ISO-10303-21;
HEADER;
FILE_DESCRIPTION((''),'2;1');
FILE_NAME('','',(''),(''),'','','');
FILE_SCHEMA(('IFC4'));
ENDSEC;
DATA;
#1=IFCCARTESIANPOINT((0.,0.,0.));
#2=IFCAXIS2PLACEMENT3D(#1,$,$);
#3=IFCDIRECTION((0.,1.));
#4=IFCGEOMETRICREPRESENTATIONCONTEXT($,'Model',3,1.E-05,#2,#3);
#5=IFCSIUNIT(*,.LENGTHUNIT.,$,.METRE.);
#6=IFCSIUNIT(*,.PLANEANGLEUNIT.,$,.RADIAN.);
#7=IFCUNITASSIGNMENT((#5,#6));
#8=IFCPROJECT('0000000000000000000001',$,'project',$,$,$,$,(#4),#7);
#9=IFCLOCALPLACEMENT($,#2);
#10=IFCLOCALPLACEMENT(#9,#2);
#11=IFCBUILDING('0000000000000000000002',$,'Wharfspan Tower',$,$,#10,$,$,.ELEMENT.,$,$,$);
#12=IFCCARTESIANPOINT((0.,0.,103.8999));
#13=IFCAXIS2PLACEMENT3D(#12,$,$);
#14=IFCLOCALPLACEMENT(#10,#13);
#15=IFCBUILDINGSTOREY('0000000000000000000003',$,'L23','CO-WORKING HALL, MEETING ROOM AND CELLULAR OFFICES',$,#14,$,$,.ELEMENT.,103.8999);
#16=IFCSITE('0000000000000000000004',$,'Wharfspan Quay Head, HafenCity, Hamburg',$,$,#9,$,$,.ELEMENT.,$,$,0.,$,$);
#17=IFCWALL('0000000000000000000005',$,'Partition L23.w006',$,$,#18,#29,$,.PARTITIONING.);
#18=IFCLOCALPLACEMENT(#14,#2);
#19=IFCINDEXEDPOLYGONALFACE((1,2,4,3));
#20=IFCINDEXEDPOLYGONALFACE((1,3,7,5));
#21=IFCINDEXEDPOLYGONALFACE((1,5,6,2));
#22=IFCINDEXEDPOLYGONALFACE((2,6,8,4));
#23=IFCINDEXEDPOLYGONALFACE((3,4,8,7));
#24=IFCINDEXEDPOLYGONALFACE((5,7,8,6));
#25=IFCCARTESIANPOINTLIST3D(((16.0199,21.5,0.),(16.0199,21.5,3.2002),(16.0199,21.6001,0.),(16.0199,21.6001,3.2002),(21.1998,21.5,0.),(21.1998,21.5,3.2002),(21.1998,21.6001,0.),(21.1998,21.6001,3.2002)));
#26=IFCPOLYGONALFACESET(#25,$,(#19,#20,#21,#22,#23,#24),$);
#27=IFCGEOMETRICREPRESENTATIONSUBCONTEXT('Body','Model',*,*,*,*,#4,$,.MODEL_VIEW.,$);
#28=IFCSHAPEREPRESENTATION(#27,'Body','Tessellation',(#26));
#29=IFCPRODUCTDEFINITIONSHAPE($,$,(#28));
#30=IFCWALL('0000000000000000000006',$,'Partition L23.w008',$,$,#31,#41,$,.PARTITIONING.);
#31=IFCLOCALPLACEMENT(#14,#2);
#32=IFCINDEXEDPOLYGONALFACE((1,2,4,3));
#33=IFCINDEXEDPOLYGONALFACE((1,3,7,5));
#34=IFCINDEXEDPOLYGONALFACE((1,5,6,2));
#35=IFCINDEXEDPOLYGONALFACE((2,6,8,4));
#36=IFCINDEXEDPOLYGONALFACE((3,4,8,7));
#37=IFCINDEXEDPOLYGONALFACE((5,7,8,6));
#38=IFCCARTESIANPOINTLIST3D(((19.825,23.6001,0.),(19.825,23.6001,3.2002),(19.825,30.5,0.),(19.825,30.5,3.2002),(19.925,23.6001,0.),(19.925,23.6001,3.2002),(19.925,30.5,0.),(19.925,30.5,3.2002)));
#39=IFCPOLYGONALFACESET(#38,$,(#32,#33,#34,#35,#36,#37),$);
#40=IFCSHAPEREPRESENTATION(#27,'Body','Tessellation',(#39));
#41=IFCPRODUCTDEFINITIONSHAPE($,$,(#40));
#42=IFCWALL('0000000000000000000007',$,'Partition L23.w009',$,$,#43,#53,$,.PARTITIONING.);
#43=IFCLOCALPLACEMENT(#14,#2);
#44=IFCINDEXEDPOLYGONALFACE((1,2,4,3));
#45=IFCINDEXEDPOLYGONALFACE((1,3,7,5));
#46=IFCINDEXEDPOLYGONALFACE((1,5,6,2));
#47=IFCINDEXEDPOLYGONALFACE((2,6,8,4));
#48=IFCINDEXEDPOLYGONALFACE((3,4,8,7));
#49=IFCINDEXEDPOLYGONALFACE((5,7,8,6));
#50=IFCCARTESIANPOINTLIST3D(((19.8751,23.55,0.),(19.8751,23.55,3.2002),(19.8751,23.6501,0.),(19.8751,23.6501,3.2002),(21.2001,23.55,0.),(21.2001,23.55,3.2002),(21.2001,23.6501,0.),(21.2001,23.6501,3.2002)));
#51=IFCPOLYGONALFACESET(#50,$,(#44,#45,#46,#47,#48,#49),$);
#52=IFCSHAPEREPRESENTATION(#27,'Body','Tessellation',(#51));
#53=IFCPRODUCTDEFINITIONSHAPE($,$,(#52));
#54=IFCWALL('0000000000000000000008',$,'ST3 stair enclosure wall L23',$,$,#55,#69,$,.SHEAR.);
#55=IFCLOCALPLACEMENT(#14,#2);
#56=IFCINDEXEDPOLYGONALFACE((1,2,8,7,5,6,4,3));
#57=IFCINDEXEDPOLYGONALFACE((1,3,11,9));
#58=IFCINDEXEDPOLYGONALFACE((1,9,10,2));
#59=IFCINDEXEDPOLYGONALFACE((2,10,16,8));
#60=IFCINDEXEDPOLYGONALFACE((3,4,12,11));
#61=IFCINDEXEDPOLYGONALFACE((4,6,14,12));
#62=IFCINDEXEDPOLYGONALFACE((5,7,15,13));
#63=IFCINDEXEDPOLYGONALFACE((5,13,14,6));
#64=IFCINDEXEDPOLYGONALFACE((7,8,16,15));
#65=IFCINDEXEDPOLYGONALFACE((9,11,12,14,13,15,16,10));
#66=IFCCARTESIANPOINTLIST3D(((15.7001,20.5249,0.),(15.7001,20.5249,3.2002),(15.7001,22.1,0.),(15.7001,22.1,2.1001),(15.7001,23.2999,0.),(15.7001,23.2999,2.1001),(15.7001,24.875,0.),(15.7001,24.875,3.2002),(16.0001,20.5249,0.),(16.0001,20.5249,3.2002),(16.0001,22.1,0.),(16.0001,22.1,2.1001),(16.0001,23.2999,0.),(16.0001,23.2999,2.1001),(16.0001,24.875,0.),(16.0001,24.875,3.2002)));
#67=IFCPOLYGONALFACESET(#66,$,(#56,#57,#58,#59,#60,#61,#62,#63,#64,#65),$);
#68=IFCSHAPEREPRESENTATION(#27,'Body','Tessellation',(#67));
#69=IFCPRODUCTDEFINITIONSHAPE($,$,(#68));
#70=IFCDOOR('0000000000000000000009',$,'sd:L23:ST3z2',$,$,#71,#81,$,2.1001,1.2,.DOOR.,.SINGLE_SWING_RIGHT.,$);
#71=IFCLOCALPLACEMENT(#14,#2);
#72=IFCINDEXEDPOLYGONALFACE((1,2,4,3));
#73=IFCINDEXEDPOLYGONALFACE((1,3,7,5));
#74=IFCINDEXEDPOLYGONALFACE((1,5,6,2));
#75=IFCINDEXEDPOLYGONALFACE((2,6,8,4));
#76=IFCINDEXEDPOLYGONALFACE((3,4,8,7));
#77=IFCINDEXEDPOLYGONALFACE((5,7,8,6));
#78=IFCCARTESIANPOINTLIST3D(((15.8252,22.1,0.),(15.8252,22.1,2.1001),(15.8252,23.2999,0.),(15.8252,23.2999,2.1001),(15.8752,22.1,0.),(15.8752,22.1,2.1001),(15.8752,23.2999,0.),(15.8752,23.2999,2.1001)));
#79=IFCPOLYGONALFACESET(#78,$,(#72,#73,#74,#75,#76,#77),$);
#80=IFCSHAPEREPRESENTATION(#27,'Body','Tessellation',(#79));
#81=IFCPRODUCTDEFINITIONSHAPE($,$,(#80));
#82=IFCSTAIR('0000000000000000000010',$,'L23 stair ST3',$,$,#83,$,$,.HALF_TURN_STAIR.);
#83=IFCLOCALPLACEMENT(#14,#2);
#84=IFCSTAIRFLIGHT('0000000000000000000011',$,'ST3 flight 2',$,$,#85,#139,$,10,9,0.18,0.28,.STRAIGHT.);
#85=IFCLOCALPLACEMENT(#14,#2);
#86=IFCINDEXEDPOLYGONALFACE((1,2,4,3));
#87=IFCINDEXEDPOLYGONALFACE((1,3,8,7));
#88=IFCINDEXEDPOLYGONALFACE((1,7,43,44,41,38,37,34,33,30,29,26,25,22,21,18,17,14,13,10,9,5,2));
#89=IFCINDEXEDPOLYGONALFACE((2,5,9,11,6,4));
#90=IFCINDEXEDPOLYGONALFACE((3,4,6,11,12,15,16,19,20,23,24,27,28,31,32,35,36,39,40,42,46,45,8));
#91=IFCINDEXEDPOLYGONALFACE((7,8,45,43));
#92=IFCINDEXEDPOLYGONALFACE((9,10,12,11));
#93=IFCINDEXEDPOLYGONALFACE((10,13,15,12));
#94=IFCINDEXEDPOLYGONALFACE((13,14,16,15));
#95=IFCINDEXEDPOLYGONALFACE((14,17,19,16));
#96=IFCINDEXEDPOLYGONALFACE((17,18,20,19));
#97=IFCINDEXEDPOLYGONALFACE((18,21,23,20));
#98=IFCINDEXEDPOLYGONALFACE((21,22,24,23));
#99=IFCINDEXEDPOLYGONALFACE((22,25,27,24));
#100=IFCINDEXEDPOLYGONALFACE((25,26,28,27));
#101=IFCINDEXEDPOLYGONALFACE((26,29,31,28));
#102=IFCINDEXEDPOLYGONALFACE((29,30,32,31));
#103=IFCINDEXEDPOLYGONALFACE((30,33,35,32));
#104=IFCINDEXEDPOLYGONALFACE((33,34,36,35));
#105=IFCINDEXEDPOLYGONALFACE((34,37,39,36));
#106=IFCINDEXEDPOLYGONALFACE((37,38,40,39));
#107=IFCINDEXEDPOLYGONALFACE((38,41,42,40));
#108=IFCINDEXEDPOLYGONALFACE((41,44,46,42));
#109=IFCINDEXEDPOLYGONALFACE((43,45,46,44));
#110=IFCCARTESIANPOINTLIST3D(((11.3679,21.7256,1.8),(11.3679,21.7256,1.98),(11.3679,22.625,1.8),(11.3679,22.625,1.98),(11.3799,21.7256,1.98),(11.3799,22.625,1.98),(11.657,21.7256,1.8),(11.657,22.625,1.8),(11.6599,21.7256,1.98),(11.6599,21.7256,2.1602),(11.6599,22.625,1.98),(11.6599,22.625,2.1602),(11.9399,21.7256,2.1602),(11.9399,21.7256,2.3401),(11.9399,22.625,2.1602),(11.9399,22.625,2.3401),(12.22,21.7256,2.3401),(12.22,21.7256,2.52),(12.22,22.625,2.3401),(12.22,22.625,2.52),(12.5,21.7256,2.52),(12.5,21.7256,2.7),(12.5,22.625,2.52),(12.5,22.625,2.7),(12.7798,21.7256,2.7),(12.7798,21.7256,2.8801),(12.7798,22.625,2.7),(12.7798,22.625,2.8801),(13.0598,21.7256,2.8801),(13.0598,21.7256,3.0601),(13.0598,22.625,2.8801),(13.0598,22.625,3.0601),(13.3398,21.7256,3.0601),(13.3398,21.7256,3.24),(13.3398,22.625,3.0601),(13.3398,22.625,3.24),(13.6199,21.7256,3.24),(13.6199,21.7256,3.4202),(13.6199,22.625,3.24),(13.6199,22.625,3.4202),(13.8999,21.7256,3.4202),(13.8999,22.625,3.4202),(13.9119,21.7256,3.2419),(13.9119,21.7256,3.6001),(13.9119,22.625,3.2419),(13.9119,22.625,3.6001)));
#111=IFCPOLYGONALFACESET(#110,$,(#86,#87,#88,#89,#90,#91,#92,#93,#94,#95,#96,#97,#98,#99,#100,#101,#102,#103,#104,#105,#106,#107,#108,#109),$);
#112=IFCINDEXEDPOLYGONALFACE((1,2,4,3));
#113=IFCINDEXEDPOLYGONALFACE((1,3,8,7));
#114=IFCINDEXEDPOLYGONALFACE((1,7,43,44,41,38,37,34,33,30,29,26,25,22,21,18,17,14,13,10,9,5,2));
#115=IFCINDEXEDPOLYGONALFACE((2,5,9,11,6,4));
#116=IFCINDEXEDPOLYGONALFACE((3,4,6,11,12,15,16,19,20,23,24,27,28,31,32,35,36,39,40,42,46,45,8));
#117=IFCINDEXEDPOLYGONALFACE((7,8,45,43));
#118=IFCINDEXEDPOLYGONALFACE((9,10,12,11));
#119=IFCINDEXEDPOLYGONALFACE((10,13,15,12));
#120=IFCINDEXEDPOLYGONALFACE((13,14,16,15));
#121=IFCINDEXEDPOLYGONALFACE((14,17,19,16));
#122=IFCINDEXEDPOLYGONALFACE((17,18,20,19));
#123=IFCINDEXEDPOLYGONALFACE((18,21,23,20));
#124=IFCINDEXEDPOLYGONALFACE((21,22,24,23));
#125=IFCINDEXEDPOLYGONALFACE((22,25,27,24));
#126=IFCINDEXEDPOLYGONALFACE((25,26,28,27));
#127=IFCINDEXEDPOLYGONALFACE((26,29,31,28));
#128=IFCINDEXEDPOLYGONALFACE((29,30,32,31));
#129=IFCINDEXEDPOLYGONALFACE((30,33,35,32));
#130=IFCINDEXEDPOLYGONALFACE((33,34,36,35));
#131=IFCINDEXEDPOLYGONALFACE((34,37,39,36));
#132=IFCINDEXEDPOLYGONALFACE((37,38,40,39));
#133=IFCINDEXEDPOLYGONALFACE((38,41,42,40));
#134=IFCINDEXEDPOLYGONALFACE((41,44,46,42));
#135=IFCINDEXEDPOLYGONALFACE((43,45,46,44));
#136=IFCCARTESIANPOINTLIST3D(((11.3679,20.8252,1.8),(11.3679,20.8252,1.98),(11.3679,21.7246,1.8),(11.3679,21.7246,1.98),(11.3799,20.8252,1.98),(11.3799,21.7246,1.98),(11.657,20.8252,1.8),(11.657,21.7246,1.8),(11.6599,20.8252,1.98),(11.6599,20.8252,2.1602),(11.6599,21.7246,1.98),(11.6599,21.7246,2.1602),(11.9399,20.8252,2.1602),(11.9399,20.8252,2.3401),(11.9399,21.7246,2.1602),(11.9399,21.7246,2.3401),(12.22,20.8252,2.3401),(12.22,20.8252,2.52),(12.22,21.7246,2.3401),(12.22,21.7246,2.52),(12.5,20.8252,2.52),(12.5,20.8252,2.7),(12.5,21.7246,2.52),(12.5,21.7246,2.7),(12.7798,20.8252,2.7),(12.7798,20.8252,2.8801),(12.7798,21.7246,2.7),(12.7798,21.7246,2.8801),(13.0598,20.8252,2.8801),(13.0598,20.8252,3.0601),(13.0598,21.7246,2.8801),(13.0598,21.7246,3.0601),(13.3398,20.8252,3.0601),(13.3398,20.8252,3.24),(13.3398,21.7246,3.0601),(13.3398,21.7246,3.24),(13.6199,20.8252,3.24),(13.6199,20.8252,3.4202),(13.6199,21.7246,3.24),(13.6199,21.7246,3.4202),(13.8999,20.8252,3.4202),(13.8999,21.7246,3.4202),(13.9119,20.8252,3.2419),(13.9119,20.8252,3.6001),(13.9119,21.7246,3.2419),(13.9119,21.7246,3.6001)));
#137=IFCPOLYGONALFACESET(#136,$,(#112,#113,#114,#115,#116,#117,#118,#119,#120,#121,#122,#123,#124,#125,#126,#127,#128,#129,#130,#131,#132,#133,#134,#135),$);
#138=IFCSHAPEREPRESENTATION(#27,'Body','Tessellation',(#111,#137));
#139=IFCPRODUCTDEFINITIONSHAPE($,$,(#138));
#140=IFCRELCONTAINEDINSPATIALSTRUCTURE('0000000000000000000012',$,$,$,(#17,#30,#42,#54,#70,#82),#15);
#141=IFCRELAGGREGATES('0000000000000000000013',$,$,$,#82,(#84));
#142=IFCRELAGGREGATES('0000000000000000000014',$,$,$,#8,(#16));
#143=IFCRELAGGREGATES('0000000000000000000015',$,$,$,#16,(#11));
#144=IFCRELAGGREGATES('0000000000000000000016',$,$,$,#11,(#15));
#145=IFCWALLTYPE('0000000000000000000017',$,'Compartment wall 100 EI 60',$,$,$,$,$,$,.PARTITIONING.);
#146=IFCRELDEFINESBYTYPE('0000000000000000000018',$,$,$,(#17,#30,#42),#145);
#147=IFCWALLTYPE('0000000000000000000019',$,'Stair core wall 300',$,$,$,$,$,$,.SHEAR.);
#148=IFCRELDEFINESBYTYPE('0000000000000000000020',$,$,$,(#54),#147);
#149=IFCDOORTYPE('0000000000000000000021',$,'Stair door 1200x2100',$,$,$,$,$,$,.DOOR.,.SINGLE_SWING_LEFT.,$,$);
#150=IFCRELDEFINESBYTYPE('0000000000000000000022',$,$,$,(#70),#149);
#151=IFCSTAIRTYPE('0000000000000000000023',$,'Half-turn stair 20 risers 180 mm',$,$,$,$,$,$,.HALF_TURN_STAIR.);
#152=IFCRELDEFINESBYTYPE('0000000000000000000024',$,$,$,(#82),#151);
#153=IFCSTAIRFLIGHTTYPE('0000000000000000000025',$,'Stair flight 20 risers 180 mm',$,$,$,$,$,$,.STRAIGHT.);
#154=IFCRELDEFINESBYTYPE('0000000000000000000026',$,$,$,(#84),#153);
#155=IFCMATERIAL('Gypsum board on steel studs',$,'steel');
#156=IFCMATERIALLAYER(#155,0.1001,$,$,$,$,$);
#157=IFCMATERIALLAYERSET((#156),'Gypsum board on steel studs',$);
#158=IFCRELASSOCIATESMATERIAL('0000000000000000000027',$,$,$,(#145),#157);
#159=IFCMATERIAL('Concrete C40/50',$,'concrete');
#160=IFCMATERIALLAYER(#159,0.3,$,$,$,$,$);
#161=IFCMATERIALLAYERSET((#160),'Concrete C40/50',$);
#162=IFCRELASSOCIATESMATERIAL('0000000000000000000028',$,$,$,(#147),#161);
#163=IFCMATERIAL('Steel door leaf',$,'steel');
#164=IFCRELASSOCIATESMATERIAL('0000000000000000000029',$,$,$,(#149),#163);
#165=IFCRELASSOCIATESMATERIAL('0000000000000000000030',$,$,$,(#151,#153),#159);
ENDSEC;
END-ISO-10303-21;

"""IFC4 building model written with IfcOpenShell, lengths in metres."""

from ifc_helpers import new_model, si_unit, direction, frame, frame_2d, origin, place, context, subcontext, project, spatial, polyline, rectangle, outline, extrude, material, layer, layer_set, type_object, element, fill, aggregate, save


model = new_model("IFC4")

# Units and contexts
model_context = context("Model", 3, precision=1e-05, world=origin(), true_north=direction((0.0, 1.0)))
body_context = subcontext(model_context, "Body", "Model", "MODEL_VIEW")
ifc_project = project(units=[si_unit("LENGTHUNIT", "METRE"), si_unit("PLANEANGLEUNIT", "RADIAN")], contexts=[model_context])

# Site, building, storey
site_placement = place(None, origin())
site = spatial("IfcSite", under=ifc_project, at=site_placement, Name="Wharfspan Quay Head, HafenCity, Hamburg", CompositionType="ELEMENT", RefElevation=0.0)
building_placement = place(site_placement, origin())
building = spatial("IfcBuilding", under=site, at=building_placement, Name="Wharfspan Tower", CompositionType="ELEMENT")
storey_placement = place(building_placement, frame((0.0, 0.0, 103.8999)))
storey = spatial("IfcBuildingStorey", under=building, at=storey_placement, Name="L23", Description="CO-WORKING HALL, MEETING ROOM AND CELLULAR OFFICES", CompositionType="ELEMENT", Elevation=103.8999)

# Walls
ifc_material_1 = material(Name="Gypsum board on steel studs", Category="steel")
ifc_layer_1 = layer(ifc_material_1, 0.1001)
ifc_layer_set_1 = layer_set([ifc_layer_1], Name="Gypsum board on steel studs")
wall_type_1 = type_object("IfcWallType", Name="Compartment wall 100 EI 60", PredefinedType="PARTITIONING", material=ifc_layer_set_1)
wall_1_placement = place(storey_placement, frame((16.02, 21.55, 0.0), z_axis=(0.0, 0.0, 1.0), x_axis=(1.0, 0.0, 0.0)))
element("IfcWall", 1, at=wall_1_placement, inside=storey, type_object=wall_type_1, Name="Partition L23.w006", PredefinedType="PARTITIONING", context=body_context, shape_type="SweptSolid", body=[
    extrude(rectangle(XDim=5.1799, YDim=0.1001, at=frame_2d((2.5898, 0.0))), origin(), (0.0, 0.0, 1.0), 3.2002),
])
wall_2_placement = place(storey_placement, frame((19.875, 23.6001, 0.0), z_axis=(0.0, 0.0, 1.0), x_axis=(0.0, 1.0, 0.0)))
element("IfcWall", 2, at=wall_2_placement, inside=storey, type_object=wall_type_1, Name="Partition L23.w008", PredefinedType="PARTITIONING", context=body_context, shape_type="SweptSolid", body=[
    extrude(rectangle(XDim=6.8999, YDim=0.1001, at=frame_2d((3.45, 0.0))), origin(), (0.0, 0.0, 1.0), 3.2002),
])
wall_3_placement = place(storey_placement, frame((19.875, 23.6001, 0.0), z_axis=(0.0, 0.0, 1.0), x_axis=(1.0, 0.0, 0.0)))
element("IfcWall", 3, at=wall_3_placement, inside=storey, type_object=wall_type_1, Name="Partition L23.w009", PredefinedType="PARTITIONING", context=body_context, shape_type="SweptSolid", body=[
    extrude(rectangle(XDim=1.325, YDim=0.1001, at=frame_2d((0.6626, 0.0))), origin(), (0.0, 0.0, 1.0), 3.2002),
])

# Wall, opening, door
ifc_material_2 = material(Name="Concrete C40/50", Category="concrete")
ifc_layer_2 = layer(ifc_material_2, 0.3)
ifc_layer_set_2 = layer_set([ifc_layer_2], Name="Concrete C40/50")
wall_type_2 = type_object("IfcWallType", Name="Stair core wall 300", PredefinedType="SHEAR", material=ifc_layer_set_2)
wall_4_placement = place(storey_placement, frame((15.8501, 20.5249, 0.0), z_axis=(0.0, 0.0, 1.0), x_axis=(0.0, 1.0, 0.0)))
wall_4 = element("IfcWall", 4, at=wall_4_placement, inside=storey, type_object=wall_type_2, Name="ST3 stair enclosure wall L23", PredefinedType="SHEAR", context=body_context, shape_type="SweptSolid", body=[
    extrude(rectangle(XDim=4.3501, YDim=0.3, at=frame_2d((2.175, 0.0))), origin(), (0.0, 0.0, 1.0), 3.2002),
])
opening_placement = place(wall_4_placement, frame((1.575, 0.0, 0.0)))
opening = element("IfcOpeningElement", 5, at=opening_placement, cuts=wall_4, PredefinedType="OPENING", context=body_context, shape_type="SweptSolid", body=[
    extrude(rectangle(XDim=1.2, YDim=2.1001, at=frame_2d((0.6001, 1.05))), frame((0.0, 0.1599, 0.0), z_axis=(0.0, -1.0, 0.0), x_axis=(1.0, 0.0, 0.0)), (0.0, 0.0, 1.0), 0.3201),
])
ifc_material_3 = material(Name="Steel door leaf", Category="steel")
door_type = type_object("IfcDoorType", Name="Stair door 1200x2100", OperationType="SINGLE_SWING_LEFT", PredefinedType="DOOR", material=ifc_material_3)
door_placement = place(opening_placement, origin())
door = element("IfcDoor", 6, at=door_placement, inside=storey, type_object=door_type, Name="sd:L23:ST3z2", OperationType="SINGLE_SWING_RIGHT", OverallHeight=2.1001, OverallWidth=1.2, PredefinedType="DOOR", context=body_context, shape_type="SweptSolid", body=[
    extrude(rectangle(XDim=1.2, YDim=2.1001, at=frame_2d((0.6001, 1.05))), frame((0.0, 0.0249, 0.0), z_axis=(0.0, -1.0, 0.0), x_axis=(1.0, 0.0, 0.0)), (0.0, 0.0, 1.0), 0.05),
])
fill(opening, door)

# Stair, stair flight
stair_type = type_object("IfcStairType", Name="Half-turn stair 20 risers 180 mm", PredefinedType="HALF_TURN_STAIR", material=ifc_material_2)
stair_placement = place(storey_placement, origin())
stair = element("IfcStair", 7, at=stair_placement, inside=storey, type_object=stair_type, Name="L23 stair ST3", PredefinedType="HALF_TURN_STAIR")
stair_flight_type = type_object("IfcStairFlightType", Name="Stair flight 20 risers 180 mm", PredefinedType="STRAIGHT", material=ifc_material_2)
stair_flight_placement = place(storey_placement, frame((11.3799, 21.7251, 1.8), z_axis=(0.0, 0.0, 1.0), x_axis=(1.0, 0.0, 0.0)))
stair_flight = element("IfcStairFlight", 8, at=stair_flight_placement, type_object=stair_flight_type, Name="ST3 flight 2", NumberOfRisers=10, NumberOfTreads=9, PredefinedType="STRAIGHT", RiserHeight=0.18, TreadLength=0.28, context=body_context, shape_type="SweptSolid", body=[
    extrude(outline(polyline([(-0.012, 0.0), (-0.012, 0.1799), (0.0, 0.1799), (0.28, 0.1799), (0.28, 0.3601), (0.5601, 0.3601), (0.5601, 0.54), (0.8401, 0.54), (0.8401, 0.72), (1.1201, 0.72), (1.1201, 0.8999), (1.3999, 0.8999), (1.3999, 1.0801), (1.6799, 1.0801), (1.6799, 1.26), (1.96, 1.26), (1.96, 1.4399), (2.24, 1.4399), (2.24, 1.6201), (2.52, 1.6201), (2.532, 1.8), (2.532, 1.4419), (0.2771, 0.0), (-0.012, 0.0)])), frame((0.0, 0.8999, 0.0), z_axis=(0.0, -1.0, 0.0), x_axis=(1.0, 0.0, 0.0)), (0.0, 0.0, 1.0), 0.8994),
    extrude(outline(polyline([(-0.012, 0.0), (-0.012, 0.1799), (0.0, 0.1799), (0.28, 0.1799), (0.28, 0.3601), (0.5601, 0.3601), (0.5601, 0.54), (0.8401, 0.54), (0.8401, 0.72), (1.1201, 0.72), (1.1201, 0.8999), (1.3999, 0.8999), (1.3999, 1.0801), (1.6799, 1.0801), (1.6799, 1.26), (1.96, 1.26), (1.96, 1.4399), (2.24, 1.4399), (2.24, 1.6201), (2.52, 1.6201), (2.532, 1.8), (2.532, 1.4419), (0.2771, 0.0), (-0.012, 0.0)])), frame((0.0, -0.0005, 0.0), z_axis=(0.0, -1.0, 0.0), x_axis=(1.0, 0.0, 0.0)), (0.0, 0.0, 1.0), 0.8994),
])
aggregate(stair, [stair_flight])

save(model, "model.ifc")
